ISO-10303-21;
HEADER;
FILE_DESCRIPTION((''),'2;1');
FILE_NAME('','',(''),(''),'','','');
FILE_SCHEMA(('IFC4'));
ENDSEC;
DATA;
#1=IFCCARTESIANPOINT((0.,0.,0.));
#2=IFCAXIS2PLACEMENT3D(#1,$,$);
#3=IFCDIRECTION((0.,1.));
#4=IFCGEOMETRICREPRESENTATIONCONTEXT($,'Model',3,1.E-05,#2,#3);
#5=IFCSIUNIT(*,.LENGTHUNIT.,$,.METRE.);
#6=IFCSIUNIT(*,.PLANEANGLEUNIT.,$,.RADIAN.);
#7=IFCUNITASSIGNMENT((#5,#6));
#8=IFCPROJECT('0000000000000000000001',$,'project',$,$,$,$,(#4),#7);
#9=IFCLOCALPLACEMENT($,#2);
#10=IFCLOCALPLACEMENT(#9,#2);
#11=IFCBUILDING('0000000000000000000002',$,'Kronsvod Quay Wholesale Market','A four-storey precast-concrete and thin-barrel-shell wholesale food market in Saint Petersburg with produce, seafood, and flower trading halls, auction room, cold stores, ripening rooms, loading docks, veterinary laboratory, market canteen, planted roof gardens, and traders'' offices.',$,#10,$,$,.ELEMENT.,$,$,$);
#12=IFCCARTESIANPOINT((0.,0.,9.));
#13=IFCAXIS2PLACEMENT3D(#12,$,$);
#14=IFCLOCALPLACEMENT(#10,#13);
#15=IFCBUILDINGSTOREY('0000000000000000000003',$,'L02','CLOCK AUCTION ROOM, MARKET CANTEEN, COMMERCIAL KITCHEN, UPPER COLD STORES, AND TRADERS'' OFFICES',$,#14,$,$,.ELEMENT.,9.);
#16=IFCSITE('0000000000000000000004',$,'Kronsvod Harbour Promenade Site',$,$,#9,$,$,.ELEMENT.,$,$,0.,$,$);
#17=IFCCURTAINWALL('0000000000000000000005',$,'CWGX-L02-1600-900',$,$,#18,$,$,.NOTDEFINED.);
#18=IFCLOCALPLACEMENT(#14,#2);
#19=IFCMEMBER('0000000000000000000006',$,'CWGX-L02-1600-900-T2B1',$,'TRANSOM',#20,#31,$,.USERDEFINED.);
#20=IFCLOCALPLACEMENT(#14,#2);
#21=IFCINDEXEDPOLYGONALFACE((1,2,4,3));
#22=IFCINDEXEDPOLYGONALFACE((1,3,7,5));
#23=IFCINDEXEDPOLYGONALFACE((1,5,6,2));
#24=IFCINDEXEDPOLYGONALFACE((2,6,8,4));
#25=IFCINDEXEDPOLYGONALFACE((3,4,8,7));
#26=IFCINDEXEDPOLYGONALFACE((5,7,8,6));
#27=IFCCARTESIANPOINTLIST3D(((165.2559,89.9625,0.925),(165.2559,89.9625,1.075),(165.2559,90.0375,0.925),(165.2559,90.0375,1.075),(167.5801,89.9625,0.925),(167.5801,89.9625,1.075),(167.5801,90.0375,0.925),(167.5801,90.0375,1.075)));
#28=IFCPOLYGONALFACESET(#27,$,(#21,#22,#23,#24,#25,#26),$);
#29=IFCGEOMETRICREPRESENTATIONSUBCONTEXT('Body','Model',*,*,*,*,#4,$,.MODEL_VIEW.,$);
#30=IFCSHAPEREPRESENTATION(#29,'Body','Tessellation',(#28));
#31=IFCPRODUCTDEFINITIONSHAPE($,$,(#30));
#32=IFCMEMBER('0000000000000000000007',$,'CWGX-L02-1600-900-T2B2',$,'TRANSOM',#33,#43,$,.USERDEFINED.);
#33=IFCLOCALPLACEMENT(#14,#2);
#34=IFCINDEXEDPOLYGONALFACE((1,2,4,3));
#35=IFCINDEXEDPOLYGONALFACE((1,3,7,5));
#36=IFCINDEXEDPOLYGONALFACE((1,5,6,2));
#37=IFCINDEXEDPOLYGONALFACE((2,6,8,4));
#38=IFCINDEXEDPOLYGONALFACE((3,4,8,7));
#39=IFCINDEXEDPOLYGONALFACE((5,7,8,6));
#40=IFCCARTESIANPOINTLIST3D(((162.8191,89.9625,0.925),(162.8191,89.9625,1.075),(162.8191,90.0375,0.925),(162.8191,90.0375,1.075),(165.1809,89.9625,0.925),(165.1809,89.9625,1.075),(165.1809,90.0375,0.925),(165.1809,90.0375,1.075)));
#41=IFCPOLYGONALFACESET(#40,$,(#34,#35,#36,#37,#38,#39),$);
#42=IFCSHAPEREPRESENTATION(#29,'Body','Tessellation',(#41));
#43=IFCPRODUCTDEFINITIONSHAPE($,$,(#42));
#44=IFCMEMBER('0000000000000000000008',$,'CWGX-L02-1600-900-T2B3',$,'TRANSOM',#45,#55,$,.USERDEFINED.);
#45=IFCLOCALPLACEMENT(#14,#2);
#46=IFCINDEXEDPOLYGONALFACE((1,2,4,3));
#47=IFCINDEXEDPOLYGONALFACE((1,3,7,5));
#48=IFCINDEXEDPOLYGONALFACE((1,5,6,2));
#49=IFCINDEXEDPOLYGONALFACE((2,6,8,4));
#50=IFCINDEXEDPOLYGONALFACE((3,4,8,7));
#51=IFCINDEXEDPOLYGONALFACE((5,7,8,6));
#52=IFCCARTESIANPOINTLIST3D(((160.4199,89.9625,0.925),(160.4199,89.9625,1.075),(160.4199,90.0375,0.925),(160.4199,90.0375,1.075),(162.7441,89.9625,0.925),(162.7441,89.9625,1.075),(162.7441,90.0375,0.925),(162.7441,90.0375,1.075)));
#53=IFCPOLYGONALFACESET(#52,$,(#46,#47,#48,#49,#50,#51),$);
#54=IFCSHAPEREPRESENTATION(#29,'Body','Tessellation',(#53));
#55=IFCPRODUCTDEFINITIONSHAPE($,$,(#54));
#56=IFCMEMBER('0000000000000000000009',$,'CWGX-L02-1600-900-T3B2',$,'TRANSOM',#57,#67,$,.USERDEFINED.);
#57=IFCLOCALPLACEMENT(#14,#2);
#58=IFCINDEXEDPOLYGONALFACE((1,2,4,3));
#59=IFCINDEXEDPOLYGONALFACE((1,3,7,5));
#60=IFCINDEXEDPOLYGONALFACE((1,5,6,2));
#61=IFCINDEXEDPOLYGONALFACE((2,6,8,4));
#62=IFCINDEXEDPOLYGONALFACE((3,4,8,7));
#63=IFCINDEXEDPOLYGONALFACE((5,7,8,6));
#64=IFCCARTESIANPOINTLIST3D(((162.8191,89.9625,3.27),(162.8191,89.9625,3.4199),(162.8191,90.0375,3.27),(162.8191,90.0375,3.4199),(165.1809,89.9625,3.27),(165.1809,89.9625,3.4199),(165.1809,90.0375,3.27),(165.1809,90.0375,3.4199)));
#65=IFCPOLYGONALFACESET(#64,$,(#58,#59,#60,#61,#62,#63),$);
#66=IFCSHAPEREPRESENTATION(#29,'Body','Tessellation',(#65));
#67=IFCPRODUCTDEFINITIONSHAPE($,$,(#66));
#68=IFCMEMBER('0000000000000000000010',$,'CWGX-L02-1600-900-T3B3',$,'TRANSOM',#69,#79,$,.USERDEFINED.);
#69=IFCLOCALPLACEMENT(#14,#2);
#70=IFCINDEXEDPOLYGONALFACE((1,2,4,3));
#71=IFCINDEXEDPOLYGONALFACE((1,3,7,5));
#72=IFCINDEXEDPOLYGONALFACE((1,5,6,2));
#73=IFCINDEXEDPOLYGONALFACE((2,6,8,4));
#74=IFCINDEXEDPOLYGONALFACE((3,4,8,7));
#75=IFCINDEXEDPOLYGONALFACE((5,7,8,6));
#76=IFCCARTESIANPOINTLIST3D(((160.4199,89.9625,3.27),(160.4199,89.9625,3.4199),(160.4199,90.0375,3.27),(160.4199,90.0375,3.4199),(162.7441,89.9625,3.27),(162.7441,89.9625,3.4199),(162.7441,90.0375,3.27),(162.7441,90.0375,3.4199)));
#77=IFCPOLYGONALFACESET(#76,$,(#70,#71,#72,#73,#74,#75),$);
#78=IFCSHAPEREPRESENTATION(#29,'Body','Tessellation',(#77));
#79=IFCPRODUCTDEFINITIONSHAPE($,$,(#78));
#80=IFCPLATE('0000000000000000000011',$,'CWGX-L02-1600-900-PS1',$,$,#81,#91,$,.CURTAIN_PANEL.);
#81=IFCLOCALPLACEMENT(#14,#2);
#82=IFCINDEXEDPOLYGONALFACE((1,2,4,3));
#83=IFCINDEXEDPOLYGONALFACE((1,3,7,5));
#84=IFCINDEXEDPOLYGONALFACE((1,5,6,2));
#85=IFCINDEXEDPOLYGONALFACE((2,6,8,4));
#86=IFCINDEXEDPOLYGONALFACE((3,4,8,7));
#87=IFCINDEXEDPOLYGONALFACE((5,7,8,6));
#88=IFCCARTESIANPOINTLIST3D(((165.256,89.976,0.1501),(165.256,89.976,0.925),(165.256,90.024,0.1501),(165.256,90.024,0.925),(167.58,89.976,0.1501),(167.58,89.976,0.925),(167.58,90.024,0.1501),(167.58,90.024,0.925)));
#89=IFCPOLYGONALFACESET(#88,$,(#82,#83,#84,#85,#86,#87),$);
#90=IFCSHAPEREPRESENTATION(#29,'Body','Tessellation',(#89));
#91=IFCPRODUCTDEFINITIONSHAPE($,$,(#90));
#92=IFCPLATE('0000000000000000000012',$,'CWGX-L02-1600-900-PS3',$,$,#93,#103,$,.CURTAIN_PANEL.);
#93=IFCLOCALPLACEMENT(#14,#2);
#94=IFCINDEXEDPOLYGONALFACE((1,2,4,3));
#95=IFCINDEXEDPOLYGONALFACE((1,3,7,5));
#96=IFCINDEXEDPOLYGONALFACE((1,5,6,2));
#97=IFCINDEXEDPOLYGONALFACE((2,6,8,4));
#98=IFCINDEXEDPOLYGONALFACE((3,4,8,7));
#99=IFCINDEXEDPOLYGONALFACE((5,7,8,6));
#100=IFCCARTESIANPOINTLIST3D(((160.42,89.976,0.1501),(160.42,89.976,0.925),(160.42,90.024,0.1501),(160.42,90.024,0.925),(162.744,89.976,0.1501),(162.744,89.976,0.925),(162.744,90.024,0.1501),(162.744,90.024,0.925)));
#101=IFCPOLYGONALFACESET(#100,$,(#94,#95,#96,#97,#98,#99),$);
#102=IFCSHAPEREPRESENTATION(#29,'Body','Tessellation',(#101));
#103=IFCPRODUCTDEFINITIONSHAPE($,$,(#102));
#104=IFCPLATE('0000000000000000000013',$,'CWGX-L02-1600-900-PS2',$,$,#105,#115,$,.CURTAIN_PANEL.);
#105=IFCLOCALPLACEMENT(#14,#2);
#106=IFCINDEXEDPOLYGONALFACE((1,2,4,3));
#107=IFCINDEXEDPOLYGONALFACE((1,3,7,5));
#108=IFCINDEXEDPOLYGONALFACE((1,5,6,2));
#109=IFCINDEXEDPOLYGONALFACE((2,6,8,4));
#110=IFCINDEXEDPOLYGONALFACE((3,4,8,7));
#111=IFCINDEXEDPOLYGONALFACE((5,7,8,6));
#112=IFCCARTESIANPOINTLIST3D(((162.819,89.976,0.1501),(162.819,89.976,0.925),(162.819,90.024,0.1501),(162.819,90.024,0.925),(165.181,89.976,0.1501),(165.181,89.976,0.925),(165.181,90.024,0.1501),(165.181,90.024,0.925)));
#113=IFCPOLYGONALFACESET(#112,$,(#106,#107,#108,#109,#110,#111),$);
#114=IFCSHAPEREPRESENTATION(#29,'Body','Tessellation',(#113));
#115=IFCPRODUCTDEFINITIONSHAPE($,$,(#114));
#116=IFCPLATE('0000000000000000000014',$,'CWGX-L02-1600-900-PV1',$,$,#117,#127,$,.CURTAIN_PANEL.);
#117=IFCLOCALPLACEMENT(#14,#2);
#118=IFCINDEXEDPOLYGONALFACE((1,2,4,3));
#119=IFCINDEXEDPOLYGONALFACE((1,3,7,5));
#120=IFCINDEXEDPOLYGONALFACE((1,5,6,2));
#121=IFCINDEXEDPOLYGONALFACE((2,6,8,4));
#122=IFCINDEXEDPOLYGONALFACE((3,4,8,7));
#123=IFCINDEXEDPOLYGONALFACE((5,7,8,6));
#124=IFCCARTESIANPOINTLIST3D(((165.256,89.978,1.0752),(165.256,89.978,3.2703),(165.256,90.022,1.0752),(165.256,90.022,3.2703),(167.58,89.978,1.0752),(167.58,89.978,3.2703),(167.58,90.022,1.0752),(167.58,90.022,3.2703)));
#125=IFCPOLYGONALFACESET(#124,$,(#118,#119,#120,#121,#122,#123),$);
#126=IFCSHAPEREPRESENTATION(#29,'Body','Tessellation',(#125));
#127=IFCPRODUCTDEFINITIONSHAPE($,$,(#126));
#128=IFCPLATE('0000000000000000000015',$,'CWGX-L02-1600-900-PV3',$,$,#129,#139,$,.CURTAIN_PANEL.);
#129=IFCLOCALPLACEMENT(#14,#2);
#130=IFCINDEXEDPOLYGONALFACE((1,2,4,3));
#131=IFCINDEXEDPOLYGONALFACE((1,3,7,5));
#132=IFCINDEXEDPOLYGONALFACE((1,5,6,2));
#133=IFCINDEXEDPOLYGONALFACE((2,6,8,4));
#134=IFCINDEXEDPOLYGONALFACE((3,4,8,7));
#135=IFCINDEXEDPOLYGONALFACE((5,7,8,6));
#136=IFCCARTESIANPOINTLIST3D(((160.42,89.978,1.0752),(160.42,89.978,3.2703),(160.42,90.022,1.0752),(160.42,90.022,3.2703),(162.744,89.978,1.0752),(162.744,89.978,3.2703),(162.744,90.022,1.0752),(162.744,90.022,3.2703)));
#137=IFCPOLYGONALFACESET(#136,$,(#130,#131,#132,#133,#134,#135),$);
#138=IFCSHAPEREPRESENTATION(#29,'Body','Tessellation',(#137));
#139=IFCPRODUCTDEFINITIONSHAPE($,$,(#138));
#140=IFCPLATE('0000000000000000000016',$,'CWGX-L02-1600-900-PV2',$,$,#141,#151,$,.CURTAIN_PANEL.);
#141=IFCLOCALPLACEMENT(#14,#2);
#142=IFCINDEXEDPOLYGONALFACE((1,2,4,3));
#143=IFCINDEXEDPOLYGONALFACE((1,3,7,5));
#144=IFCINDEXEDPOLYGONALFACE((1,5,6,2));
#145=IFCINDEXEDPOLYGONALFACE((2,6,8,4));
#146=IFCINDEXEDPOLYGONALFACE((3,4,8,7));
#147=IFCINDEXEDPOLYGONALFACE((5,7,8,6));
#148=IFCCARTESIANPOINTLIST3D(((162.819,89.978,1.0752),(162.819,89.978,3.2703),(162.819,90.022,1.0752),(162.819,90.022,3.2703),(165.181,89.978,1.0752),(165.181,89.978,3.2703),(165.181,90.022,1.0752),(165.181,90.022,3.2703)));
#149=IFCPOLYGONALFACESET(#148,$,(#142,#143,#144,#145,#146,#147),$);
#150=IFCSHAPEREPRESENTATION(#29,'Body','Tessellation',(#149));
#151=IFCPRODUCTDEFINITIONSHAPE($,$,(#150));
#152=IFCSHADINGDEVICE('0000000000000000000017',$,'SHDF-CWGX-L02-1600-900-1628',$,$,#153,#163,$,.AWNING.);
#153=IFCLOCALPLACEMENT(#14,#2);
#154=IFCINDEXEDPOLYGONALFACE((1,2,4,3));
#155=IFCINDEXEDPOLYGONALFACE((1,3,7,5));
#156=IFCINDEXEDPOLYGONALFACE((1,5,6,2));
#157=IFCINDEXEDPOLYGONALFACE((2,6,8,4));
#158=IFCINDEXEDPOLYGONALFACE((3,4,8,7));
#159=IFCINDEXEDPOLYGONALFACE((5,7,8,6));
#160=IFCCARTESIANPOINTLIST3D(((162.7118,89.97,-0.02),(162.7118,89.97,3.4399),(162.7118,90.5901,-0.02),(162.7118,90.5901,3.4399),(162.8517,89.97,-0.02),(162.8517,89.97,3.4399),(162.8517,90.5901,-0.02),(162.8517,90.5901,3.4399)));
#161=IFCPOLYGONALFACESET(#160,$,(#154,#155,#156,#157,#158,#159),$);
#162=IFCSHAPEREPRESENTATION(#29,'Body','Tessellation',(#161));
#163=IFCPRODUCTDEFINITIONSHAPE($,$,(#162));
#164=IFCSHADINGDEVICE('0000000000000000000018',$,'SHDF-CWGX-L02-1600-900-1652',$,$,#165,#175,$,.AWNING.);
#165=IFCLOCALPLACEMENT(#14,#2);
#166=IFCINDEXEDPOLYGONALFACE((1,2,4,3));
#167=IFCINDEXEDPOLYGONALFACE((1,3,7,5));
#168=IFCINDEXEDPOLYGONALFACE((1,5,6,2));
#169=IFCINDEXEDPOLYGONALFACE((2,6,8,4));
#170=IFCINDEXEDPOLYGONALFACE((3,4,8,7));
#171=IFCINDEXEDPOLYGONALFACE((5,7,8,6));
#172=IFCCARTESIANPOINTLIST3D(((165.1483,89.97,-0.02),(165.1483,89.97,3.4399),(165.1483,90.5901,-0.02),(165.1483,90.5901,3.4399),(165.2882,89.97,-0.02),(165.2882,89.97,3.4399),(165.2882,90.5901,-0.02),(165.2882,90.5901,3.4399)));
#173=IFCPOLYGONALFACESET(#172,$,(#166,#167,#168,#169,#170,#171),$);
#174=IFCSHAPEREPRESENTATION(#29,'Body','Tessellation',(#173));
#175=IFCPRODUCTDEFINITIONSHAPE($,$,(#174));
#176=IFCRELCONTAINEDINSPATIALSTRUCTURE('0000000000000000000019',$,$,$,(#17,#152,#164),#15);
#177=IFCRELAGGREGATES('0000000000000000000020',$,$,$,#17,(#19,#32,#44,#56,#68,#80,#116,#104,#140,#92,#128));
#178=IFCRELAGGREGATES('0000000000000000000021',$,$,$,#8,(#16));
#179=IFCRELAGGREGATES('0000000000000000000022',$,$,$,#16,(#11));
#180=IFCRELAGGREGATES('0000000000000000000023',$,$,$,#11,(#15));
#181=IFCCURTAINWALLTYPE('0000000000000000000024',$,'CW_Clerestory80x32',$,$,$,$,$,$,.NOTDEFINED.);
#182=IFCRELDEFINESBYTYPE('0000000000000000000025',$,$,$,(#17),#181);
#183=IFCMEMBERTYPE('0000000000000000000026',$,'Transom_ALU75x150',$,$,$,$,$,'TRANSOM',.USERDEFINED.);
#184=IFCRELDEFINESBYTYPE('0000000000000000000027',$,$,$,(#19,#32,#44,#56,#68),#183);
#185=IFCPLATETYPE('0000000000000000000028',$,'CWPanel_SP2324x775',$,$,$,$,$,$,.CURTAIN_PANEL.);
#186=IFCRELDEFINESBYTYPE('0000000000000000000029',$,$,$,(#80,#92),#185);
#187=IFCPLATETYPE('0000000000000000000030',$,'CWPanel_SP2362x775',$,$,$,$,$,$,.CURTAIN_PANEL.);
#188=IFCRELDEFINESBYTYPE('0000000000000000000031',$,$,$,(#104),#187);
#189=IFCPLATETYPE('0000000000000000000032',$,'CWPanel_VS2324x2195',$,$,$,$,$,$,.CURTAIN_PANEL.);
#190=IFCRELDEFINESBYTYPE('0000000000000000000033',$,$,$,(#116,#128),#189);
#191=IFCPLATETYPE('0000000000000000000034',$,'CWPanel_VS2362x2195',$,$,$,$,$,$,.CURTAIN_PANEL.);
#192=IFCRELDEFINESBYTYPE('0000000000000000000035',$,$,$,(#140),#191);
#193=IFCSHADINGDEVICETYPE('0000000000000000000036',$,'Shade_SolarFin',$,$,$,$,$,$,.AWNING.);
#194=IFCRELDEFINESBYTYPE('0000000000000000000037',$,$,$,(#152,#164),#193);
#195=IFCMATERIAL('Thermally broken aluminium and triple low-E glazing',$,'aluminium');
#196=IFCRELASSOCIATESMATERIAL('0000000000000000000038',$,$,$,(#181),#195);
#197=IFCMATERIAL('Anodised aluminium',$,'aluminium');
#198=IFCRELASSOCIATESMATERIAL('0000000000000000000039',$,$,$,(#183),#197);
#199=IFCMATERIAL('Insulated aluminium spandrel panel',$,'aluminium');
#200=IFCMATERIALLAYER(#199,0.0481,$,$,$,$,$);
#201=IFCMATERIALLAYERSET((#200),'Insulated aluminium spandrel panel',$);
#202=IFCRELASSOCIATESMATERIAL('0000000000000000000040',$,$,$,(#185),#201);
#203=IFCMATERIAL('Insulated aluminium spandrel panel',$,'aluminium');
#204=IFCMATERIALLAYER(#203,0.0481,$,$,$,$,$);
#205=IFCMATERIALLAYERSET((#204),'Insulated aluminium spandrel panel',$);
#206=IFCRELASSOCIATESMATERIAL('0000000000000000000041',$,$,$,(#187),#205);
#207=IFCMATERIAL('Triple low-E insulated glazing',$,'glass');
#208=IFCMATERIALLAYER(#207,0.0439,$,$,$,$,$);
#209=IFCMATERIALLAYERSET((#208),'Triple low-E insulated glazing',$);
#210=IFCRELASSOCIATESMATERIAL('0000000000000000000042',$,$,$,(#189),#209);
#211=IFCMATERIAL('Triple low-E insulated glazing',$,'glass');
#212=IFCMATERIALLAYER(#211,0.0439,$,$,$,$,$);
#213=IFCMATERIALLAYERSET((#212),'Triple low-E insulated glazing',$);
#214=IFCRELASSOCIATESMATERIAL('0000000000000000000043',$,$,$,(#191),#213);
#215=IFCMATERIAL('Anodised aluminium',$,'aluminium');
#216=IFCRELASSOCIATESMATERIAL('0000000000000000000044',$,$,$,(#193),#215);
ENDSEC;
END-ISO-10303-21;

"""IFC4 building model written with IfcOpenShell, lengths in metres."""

from ifc_helpers import new_model, si_unit, direction, frame, origin, origin_2d, place, context, subcontext, project, spatial, rectangle, extrude, material, layer, layer_set, material_profile, profile_set, type_object, element, aggregate, save


model = new_model("IFC4")

# Units and contexts
model_context = context("Model", 3, precision=1e-05, world=origin(), true_north=direction((0.0, 1.0)))
body_context = subcontext(model_context, "Body", "Model", "MODEL_VIEW")
ifc_project = project(units=[si_unit("LENGTHUNIT", "METRE"), si_unit("PLANEANGLEUNIT", "RADIAN")], contexts=[model_context])

# Site, building, storey
site_placement = place(None, origin())
site = spatial("IfcSite", under=ifc_project, at=site_placement, Name="Kronsvod Harbour Promenade Site", CompositionType="ELEMENT", RefElevation=0.0)
building_placement = place(site_placement, origin())
building = spatial("IfcBuilding", under=site, at=building_placement, Name="Kronsvod Quay Wholesale Market", Description="A four-storey precast-concrete and thin-barrel-shell wholesale food market in Saint Petersburg with produce, seafood, and flower trading halls, auction room, cold stores, ripening rooms, loading docks, veterinary laboratory, market canteen, planted roof gardens, and traders' offices.", CompositionType="ELEMENT")
storey_placement = place(building_placement, frame((0.0, 0.0, 9.0)))
storey = spatial("IfcBuildingStorey", under=building, at=storey_placement, Name="L02", Description="CLOCK AUCTION ROOM, MARKET CANTEEN, COMMERCIAL KITCHEN, UPPER COLD STORES, AND TRADERS' OFFICES", CompositionType="ELEMENT", Elevation=9.0)

# Shared definitions
ifc_material_1 = material(Name="Thermally broken aluminium and triple low-E glazing", Category="aluminium")
curtain_wall_type = type_object("IfcCurtainWallType", Name="CW_Clerestory80x32", PredefinedType="NOTDEFINED", material=ifc_material_1)

# Curtain wall, members, plates
curtain_wall_1_placement = place(storey_placement, origin())
curtain_wall_1 = element("IfcCurtainWall", 1, at=curtain_wall_1_placement, inside=storey, type_object=curtain_wall_type, Name="CWGX-L02-1600-900", PredefinedType="NOTDEFINED")
ifc_material_2 = material(Name="Anodised aluminium", Category="aluminium")
ifc_material_profile_1 = material_profile(ifc_material_2, rectangle(XDim=0.075, YDim=0.1499, at=origin_2d()), Name="ALUT75x150")
ifc_profile_set_1 = profile_set([ifc_material_profile_1], Name="Anodised aluminium")
member_type_1 = type_object("IfcMemberType", Name="Transom_ALU75x150", ElementType="TRANSOM", PredefinedType="USERDEFINED", material=ifc_profile_set_1)
member_1_placement = place(storey_placement, frame((167.5801, 90.0, 1.0), z_axis=(-1.0, 0.0, 0.0), x_axis=(0.0, -1.0, 0.0)))
member_1 = element("IfcMember", 2, at=member_1_placement, type_object=member_type_1, Name="CWGX-L02-1600-900-T2B1", ObjectType="TRANSOM", PredefinedType="USERDEFINED", context=body_context, shape_type="SweptSolid", body=[
    extrude(rectangle(XDim=0.075, YDim=0.1499, at=origin_2d()), origin(), (0.0, 0.0, 1.0), 2.3242),
])
member_2_placement = place(storey_placement, frame((165.1809, 90.0, 1.0), z_axis=(-1.0, 0.0, 0.0), x_axis=(0.0, -1.0, 0.0)))
member_2 = element("IfcMember", 3, at=member_2_placement, type_object=member_type_1, Name="CWGX-L02-1600-900-T2B2", ObjectType="TRANSOM", PredefinedType="USERDEFINED", context=body_context, shape_type="SweptSolid", body=[
    extrude(rectangle(XDim=0.075, YDim=0.1499, at=origin_2d()), origin(), (0.0, 0.0, 1.0), 2.3618),
])
member_3_placement = place(storey_placement, frame((162.7441, 90.0, 1.0), z_axis=(-1.0, 0.0, 0.0), x_axis=(0.0, -1.0, 0.0)))
member_3 = element("IfcMember", 4, at=member_3_placement, type_object=member_type_1, Name="CWGX-L02-1600-900-T2B3", ObjectType="TRANSOM", PredefinedType="USERDEFINED", context=body_context, shape_type="SweptSolid", body=[
    extrude(rectangle(XDim=0.075, YDim=0.1499, at=origin_2d()), origin(), (0.0, 0.0, 1.0), 2.3242),
])
member_4_placement = place(storey_placement, frame((165.1809, 90.0, 3.345), z_axis=(-1.0, 0.0, 0.0), x_axis=(0.0, -1.0, 0.0)))
member_4 = element("IfcMember", 5, at=member_4_placement, type_object=member_type_1, Name="CWGX-L02-1600-900-T3B2", ObjectType="TRANSOM", PredefinedType="USERDEFINED", context=body_context, shape_type="SweptSolid", body=[
    extrude(rectangle(XDim=0.075, YDim=0.1499, at=origin_2d()), origin(), (0.0, 0.0, 1.0), 2.3618),
])
member_5_placement = place(storey_placement, frame((162.7441, 90.0, 3.345), z_axis=(-1.0, 0.0, 0.0), x_axis=(0.0, -1.0, 0.0)))
member_5 = element("IfcMember", 6, at=member_5_placement, type_object=member_type_1, Name="CWGX-L02-1600-900-T3B3", ObjectType="TRANSOM", PredefinedType="USERDEFINED", context=body_context, shape_type="SweptSolid", body=[
    extrude(rectangle(XDim=0.075, YDim=0.1499, at=origin_2d()), origin(), (0.0, 0.0, 1.0), 2.3242),
])
ifc_material_3 = material(Name="Insulated aluminium spandrel panel", Category="aluminium")
ifc_layer_1 = layer(ifc_material_3, 0.0481)
ifc_layer_set_1 = layer_set([ifc_layer_1], Name="Insulated aluminium spandrel panel")
plate_type_1 = type_object("IfcPlateType", Name="CWPanel_SP2324x775", PredefinedType="CURTAIN_PANEL", material=ifc_layer_set_1)
plate_1_placement = place(storey_placement, frame((166.418, 90.0, 0.1501), z_axis=(0.0, 0.0, 1.0), x_axis=(-1.0, 0.0, 0.0)))
plate_1 = element("IfcPlate", 7, at=plate_1_placement, type_object=plate_type_1, Name="CWGX-L02-1600-900-PS1", PredefinedType="CURTAIN_PANEL", context=body_context, shape_type="SweptSolid", body=[
    extrude(rectangle(XDim=2.324, YDim=0.0481, at=origin_2d()), origin(), (0.0, 0.0, 1.0), 0.7749),
])
plate_2_placement = place(storey_placement, frame((161.582, 90.0, 0.1501), z_axis=(0.0, 0.0, 1.0), x_axis=(-1.0, 0.0, 0.0)))
plate_2 = element("IfcPlate", 8, at=plate_2_placement, type_object=plate_type_1, Name="CWGX-L02-1600-900-PS3", PredefinedType="CURTAIN_PANEL", context=body_context, shape_type="SweptSolid", body=[
    extrude(rectangle(XDim=2.324, YDim=0.0481, at=origin_2d()), origin(), (0.0, 0.0, 1.0), 0.7749),
])
ifc_material_4 = material(Name="Insulated aluminium spandrel panel", Category="aluminium")
ifc_layer_2 = layer(ifc_material_4, 0.0481)
ifc_layer_set_2 = layer_set([ifc_layer_2], Name="Insulated aluminium spandrel panel")
plate_type_2 = type_object("IfcPlateType", Name="CWPanel_SP2362x775", PredefinedType="CURTAIN_PANEL", material=ifc_layer_set_2)
plate_3_placement = place(storey_placement, frame((164.0, 90.0, 0.1501), z_axis=(0.0, 0.0, 1.0), x_axis=(-1.0, 0.0, 0.0)))
plate_3 = element("IfcPlate", 9, at=plate_3_placement, type_object=plate_type_2, Name="CWGX-L02-1600-900-PS2", PredefinedType="CURTAIN_PANEL", context=body_context, shape_type="SweptSolid", body=[
    extrude(rectangle(XDim=2.3621, YDim=0.0481, at=origin_2d()), origin(), (0.0, 0.0, 1.0), 0.7749),
])
ifc_material_5 = material(Name="Triple low-E insulated glazing", Category="glass")
ifc_layer_3 = layer(ifc_material_5, 0.0439)
ifc_layer_set_3 = layer_set([ifc_layer_3], Name="Triple low-E insulated glazing")
plate_type_3 = type_object("IfcPlateType", Name="CWPanel_VS2324x2195", PredefinedType="CURTAIN_PANEL", material=ifc_layer_set_3)
plate_4_placement = place(storey_placement, frame((166.418, 90.0, 1.0752), z_axis=(0.0, 0.0, 1.0), x_axis=(-1.0, 0.0, 0.0)))
plate_4 = element("IfcPlate", 10, at=plate_4_placement, type_object=plate_type_3, Name="CWGX-L02-1600-900-PV1", PredefinedType="CURTAIN_PANEL", context=body_context, shape_type="SweptSolid", body=[
    extrude(rectangle(XDim=2.324, YDim=0.0439, at=origin_2d()), origin(), (0.0, 0.0, 1.0), 2.1951),
])
plate_5_placement = place(storey_placement, frame((161.582, 90.0, 1.0752), z_axis=(0.0, 0.0, 1.0), x_axis=(-1.0, 0.0, 0.0)))
plate_5 = element("IfcPlate", 11, at=plate_5_placement, type_object=plate_type_3, Name="CWGX-L02-1600-900-PV3", PredefinedType="CURTAIN_PANEL", context=body_context, shape_type="SweptSolid", body=[
    extrude(rectangle(XDim=2.324, YDim=0.0439, at=origin_2d()), origin(), (0.0, 0.0, 1.0), 2.1951),
])
ifc_material_6 = material(Name="Triple low-E insulated glazing", Category="glass")
ifc_layer_4 = layer(ifc_material_6, 0.0439)
ifc_layer_set_4 = layer_set([ifc_layer_4], Name="Triple low-E insulated glazing")
plate_type_4 = type_object("IfcPlateType", Name="CWPanel_VS2362x2195", PredefinedType="CURTAIN_PANEL", material=ifc_layer_set_4)
plate_6_placement = place(storey_placement, frame((164.0, 90.0, 1.0752), z_axis=(0.0, 0.0, 1.0), x_axis=(-1.0, 0.0, 0.0)))
plate_6 = element("IfcPlate", 12, at=plate_6_placement, type_object=plate_type_4, Name="CWGX-L02-1600-900-PV2", PredefinedType="CURTAIN_PANEL", context=body_context, shape_type="SweptSolid", body=[
    extrude(rectangle(XDim=2.3621, YDim=0.0439, at=origin_2d()), origin(), (0.0, 0.0, 1.0), 2.1951),
])
aggregate(curtain_wall_1, [member_1, member_2, member_3, member_4, member_5, plate_1, plate_4, plate_3, plate_6, plate_2, plate_5])

# Shading devices
ifc_material_7 = material(Name="Anodised aluminium", Category="aluminium")
shading_device_type = type_object("IfcShadingDeviceType", Name="Shade_SolarFin", PredefinedType="AWNING", material=ifc_material_7)
for number, where, z_axis, x_axis, name in (
    (13, (162.7817, 90.28, -0.02), (0.0, 0.0, 1.0), (1.0, 0.0, 0.0), "SHDF-CWGX-L02-1600-900-1628"),
    (14, (165.2183, 90.28, -0.02), (0.0, 0.0, 1.0), (1.0, 0.0, 0.0), "SHDF-CWGX-L02-1600-900-1652"),
):
    element("IfcShadingDevice", number, at=place(storey_placement, frame(where, z_axis=z_axis, x_axis=x_axis)), inside=storey, type_object=shading_device_type, Name=name, PredefinedType="AWNING", context=body_context, shape_type="SweptSolid", body=[
        extrude(rectangle(XDim=0.1399, YDim=0.6201, at=origin_2d()), origin(), (0.0, 0.0, 1.0), 3.46),
    ])

save(model, "model.ifc")
